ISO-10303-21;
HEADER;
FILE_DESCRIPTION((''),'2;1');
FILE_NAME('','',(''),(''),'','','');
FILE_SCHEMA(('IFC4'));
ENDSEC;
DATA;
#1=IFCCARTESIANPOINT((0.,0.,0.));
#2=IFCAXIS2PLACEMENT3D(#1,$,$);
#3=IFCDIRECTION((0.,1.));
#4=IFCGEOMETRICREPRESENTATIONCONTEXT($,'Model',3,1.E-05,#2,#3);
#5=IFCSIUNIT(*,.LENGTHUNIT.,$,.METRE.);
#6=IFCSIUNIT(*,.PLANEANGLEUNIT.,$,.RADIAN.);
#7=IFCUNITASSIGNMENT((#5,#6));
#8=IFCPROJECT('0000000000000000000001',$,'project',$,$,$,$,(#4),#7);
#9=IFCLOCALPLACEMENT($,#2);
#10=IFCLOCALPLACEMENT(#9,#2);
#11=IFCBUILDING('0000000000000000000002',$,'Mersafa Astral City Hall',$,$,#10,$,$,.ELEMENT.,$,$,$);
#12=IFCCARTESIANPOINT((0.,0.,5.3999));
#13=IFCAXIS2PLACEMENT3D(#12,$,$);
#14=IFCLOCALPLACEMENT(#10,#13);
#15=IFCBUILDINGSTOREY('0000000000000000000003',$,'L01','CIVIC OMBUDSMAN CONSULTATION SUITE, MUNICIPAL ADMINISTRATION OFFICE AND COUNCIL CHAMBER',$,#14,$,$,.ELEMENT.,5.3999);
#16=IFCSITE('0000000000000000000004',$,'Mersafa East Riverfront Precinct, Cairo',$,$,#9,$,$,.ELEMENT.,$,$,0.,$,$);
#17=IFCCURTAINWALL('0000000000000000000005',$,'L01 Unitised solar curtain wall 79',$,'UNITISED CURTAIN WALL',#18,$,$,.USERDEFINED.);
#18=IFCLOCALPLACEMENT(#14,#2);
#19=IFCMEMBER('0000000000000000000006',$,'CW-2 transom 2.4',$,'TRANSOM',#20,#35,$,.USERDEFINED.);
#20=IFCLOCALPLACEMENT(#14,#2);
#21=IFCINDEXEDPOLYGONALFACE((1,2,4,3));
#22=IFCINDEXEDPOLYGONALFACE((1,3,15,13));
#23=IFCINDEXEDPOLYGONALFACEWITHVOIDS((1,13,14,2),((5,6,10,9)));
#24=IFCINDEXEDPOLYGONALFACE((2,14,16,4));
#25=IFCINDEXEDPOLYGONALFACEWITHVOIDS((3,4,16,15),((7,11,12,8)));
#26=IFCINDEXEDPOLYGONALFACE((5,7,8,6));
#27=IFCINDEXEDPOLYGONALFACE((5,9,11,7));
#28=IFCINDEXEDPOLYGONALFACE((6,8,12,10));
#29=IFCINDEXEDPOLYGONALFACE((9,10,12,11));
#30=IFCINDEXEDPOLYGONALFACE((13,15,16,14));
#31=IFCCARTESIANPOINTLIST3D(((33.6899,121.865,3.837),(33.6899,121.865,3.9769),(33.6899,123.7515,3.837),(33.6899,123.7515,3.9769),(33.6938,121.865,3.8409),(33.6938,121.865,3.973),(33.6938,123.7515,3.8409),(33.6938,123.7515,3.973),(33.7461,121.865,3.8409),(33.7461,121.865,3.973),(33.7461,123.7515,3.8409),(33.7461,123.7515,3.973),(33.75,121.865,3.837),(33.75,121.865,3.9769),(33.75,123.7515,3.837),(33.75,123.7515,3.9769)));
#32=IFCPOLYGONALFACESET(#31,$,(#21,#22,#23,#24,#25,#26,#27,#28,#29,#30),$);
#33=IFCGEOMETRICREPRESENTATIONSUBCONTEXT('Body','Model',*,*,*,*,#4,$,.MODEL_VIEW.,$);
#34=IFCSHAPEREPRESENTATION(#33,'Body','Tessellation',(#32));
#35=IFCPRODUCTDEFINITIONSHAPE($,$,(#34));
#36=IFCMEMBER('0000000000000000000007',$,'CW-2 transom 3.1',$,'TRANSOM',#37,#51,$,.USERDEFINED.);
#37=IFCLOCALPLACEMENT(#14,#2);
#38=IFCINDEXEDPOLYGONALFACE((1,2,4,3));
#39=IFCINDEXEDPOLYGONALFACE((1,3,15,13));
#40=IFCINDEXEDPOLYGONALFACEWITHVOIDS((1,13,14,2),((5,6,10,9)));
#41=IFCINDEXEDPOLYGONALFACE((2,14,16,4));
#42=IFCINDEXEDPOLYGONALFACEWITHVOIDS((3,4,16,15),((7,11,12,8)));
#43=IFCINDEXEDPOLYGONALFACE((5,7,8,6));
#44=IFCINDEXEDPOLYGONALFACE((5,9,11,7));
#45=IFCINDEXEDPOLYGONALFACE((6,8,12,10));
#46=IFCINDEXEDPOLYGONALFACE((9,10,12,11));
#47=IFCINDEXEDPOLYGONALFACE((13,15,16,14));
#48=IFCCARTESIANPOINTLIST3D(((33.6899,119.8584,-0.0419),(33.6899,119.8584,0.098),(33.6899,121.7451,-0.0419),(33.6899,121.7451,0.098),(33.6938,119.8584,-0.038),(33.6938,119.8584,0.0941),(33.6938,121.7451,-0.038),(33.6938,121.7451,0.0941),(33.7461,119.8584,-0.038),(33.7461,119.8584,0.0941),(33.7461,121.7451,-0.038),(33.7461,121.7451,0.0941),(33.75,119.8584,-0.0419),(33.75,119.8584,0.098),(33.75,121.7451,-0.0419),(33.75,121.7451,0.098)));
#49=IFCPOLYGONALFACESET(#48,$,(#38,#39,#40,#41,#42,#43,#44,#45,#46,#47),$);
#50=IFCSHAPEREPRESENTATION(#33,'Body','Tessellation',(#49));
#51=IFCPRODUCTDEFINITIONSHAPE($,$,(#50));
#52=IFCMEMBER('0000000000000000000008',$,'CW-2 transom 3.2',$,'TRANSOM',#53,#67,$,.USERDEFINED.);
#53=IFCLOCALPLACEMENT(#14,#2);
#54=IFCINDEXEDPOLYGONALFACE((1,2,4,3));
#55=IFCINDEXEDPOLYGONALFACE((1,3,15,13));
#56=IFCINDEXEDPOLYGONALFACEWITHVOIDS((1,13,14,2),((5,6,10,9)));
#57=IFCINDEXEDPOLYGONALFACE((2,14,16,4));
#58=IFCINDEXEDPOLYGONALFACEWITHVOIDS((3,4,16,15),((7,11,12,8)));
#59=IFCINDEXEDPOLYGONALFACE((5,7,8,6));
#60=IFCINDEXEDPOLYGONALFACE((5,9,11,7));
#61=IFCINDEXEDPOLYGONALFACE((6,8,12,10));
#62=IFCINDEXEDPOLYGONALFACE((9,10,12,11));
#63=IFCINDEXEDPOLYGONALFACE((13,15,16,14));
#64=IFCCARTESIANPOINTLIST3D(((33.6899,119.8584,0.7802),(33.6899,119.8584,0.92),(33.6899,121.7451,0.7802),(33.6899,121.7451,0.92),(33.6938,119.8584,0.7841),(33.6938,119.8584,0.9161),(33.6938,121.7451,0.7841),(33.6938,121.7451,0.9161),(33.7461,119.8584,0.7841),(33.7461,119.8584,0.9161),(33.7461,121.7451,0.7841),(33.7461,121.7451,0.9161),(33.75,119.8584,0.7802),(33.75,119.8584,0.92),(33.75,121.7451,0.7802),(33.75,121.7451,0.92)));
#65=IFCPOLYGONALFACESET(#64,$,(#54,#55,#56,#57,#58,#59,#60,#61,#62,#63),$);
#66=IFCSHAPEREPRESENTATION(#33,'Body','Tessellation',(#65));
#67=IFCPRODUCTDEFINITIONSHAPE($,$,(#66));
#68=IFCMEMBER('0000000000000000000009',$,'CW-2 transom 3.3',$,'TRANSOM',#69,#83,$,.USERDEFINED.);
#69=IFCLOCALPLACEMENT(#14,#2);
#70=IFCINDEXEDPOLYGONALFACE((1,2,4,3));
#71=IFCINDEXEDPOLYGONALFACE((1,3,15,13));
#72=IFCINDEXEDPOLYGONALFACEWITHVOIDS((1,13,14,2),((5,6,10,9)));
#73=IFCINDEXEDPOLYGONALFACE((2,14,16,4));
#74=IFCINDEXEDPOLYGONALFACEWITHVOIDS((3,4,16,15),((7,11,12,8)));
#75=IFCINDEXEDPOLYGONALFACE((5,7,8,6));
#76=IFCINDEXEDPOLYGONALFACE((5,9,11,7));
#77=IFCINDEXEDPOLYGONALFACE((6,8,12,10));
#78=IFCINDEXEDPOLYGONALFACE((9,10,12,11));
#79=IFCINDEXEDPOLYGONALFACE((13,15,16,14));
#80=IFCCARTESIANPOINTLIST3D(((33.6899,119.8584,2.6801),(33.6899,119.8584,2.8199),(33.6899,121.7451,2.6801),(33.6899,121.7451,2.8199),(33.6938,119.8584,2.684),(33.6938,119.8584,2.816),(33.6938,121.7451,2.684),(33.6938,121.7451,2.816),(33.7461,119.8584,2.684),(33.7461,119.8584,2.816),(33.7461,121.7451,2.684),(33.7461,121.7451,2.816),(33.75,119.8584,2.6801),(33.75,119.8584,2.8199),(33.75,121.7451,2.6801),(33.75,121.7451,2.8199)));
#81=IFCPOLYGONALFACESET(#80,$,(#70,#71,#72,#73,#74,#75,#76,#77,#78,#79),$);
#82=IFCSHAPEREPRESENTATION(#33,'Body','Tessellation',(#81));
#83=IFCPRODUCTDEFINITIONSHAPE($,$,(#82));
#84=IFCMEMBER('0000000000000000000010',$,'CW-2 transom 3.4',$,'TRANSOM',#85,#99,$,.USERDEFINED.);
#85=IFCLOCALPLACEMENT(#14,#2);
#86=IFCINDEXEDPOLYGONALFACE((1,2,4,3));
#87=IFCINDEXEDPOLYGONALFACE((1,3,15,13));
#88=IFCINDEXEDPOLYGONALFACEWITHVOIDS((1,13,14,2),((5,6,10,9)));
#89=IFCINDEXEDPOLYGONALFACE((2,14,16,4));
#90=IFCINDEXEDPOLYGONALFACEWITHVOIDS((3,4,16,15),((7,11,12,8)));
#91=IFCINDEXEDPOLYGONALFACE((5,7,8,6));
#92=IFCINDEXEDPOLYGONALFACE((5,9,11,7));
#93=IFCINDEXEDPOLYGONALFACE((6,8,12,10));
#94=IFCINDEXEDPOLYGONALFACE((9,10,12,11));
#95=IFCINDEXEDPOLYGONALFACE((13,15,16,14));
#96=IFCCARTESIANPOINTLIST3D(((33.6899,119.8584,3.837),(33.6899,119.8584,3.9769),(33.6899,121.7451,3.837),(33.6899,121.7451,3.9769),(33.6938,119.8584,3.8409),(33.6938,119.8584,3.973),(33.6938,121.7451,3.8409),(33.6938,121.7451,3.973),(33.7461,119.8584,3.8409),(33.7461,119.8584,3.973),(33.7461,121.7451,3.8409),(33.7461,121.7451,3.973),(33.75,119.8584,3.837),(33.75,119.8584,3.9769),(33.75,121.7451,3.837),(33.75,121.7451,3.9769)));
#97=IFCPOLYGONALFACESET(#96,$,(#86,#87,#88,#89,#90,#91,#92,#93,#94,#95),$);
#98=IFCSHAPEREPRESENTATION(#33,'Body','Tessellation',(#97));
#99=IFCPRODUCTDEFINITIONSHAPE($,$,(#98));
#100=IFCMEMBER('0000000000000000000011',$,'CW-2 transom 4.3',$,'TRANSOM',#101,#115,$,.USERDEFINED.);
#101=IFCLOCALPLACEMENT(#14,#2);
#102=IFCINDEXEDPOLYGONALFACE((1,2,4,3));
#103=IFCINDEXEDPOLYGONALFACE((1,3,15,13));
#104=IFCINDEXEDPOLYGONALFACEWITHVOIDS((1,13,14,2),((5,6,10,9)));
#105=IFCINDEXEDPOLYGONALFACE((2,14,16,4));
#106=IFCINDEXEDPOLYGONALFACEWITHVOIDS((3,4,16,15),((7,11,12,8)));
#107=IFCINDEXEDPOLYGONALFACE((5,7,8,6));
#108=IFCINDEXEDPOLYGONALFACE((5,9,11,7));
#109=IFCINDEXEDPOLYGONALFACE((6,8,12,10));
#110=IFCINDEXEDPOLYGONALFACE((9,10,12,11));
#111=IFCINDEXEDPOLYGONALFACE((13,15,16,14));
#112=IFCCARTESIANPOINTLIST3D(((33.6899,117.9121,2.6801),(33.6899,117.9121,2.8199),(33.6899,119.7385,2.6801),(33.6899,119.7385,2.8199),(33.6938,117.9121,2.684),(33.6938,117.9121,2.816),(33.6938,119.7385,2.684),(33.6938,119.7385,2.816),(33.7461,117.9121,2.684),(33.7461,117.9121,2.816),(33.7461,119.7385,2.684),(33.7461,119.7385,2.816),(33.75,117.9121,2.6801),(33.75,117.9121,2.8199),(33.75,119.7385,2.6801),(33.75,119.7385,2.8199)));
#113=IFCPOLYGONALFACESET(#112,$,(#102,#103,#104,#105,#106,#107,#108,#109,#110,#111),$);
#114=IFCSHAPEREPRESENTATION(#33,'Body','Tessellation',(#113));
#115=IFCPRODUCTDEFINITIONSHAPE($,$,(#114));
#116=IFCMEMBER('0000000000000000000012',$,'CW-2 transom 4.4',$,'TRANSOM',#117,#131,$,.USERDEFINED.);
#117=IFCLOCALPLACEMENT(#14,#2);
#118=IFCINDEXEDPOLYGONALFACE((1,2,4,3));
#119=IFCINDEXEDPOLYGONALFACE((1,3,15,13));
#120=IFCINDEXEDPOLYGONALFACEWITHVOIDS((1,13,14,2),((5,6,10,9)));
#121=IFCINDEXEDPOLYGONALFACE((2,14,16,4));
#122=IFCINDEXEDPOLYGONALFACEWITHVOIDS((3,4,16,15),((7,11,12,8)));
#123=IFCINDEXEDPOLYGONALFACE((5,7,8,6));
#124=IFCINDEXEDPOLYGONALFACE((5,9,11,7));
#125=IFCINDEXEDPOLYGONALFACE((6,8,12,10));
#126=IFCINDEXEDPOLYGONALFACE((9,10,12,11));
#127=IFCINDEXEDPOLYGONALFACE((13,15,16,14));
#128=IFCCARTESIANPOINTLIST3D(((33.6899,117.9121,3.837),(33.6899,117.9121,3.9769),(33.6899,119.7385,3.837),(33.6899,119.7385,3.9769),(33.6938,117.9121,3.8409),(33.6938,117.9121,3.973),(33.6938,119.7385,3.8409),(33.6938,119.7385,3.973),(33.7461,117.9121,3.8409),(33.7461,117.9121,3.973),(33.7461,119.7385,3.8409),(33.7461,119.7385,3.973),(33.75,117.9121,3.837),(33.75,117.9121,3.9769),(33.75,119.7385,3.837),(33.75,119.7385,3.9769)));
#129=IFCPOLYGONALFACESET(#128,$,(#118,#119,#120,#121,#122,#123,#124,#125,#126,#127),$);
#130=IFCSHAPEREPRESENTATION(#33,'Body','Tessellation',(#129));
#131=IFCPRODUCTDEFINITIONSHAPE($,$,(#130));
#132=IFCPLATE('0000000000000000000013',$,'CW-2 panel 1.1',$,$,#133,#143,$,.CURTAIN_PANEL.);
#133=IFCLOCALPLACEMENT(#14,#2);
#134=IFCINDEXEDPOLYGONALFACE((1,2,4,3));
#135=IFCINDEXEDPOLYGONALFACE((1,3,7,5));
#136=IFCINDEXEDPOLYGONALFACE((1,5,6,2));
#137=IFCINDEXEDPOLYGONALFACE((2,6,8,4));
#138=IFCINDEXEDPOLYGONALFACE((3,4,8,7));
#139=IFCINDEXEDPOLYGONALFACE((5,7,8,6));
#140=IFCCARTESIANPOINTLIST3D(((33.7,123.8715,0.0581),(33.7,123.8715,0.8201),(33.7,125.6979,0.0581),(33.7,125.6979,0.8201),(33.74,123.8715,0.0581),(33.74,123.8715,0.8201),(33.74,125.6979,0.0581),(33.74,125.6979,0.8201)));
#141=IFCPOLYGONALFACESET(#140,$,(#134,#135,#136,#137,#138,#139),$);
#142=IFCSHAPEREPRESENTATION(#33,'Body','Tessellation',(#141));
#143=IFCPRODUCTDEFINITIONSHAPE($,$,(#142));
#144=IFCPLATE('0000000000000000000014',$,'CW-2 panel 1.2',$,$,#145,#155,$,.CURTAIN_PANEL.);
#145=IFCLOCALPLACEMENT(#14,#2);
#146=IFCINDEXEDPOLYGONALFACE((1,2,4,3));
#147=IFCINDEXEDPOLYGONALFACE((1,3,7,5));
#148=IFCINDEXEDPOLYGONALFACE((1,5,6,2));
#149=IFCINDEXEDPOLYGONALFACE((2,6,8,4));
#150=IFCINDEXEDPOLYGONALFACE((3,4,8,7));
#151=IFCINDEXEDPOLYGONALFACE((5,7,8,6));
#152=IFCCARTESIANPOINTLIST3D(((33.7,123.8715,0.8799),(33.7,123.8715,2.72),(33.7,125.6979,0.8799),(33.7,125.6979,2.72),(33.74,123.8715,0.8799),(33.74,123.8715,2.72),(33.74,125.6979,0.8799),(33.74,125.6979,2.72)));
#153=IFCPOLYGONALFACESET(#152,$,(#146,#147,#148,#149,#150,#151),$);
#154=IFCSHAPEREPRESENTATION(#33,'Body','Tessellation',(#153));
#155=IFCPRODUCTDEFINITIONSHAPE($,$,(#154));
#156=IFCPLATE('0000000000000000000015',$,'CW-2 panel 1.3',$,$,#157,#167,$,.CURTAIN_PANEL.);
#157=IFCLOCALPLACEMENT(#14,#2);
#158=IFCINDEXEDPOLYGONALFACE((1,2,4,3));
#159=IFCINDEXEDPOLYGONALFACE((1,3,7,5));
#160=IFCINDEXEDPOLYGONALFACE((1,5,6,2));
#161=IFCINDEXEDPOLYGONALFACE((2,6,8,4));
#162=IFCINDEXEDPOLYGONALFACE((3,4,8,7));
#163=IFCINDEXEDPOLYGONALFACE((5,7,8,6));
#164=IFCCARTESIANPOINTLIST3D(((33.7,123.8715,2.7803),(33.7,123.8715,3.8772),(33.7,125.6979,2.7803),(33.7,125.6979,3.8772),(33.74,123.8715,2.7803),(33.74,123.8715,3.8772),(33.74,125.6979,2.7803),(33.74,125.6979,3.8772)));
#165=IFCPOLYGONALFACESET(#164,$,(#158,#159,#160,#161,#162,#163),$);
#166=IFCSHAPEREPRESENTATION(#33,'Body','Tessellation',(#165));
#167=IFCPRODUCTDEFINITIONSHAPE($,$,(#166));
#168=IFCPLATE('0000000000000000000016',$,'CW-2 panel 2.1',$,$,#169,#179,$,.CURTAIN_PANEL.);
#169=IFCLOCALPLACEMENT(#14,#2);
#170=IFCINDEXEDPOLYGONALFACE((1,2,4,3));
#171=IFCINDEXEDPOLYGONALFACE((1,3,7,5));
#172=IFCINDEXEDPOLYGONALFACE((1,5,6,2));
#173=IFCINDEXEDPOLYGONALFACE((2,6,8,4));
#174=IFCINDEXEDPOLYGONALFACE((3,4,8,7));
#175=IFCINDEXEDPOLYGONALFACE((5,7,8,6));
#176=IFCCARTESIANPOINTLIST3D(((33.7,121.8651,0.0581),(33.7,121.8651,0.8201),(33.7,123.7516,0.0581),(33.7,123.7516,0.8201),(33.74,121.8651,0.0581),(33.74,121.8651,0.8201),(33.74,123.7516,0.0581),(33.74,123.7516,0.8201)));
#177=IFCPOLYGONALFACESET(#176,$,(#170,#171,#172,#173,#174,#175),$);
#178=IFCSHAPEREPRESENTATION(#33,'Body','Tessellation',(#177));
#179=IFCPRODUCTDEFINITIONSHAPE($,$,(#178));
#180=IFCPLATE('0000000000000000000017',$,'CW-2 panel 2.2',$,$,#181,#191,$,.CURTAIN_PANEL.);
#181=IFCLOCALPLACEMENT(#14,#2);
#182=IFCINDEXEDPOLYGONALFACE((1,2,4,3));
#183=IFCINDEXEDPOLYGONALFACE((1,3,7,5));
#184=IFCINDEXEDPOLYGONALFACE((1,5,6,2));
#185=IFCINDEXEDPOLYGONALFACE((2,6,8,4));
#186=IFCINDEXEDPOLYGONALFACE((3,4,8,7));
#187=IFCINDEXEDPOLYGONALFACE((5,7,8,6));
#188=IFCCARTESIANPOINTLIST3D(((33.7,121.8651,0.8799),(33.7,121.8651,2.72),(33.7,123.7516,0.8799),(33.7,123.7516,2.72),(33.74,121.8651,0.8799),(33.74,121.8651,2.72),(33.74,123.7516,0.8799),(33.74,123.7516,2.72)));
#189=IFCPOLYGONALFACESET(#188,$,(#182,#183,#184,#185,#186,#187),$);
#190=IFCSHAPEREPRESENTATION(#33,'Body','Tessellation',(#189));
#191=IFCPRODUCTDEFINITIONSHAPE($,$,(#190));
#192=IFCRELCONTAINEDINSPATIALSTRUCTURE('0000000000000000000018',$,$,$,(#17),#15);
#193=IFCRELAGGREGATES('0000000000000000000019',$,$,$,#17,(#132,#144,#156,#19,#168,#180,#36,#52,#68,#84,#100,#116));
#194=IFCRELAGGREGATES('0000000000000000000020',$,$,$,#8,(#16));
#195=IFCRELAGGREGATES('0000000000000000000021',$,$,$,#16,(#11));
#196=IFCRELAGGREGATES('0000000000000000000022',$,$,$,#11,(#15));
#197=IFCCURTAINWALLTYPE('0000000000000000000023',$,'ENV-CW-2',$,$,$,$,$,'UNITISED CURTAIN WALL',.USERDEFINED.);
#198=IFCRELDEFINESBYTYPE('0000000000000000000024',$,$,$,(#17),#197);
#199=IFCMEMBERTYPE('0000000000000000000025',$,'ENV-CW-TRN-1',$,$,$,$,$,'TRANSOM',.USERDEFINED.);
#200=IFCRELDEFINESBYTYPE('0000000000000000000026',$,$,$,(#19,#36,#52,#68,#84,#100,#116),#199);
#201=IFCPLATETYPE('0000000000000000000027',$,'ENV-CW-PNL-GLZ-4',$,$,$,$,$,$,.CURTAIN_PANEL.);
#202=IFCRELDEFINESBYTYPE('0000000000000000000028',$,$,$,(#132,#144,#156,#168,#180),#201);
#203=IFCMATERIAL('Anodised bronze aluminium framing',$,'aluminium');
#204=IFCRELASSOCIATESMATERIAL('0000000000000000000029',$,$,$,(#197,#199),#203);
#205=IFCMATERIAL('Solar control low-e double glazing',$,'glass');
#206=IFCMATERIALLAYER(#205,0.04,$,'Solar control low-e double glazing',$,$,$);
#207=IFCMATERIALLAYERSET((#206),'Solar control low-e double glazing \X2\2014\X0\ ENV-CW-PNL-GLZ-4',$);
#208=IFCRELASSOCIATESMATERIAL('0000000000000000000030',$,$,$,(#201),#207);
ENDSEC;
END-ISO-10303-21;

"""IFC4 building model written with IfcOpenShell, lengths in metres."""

from ifc_helpers import new_model, si_unit, direction, frame, origin, origin_2d, place, context, subcontext, project, spatial, rectangle, hollow_rectangle, extrude, material, layer, layer_set, material_profile, profile_set, type_object, element, aggregate, save


model = new_model("IFC4")

# Units and contexts
model_context = context("Model", 3, precision=1e-05, world=origin(), true_north=direction((0.0, 1.0)))
body_context = subcontext(model_context, "Body", "Model", "MODEL_VIEW")
ifc_project = project(units=[si_unit("LENGTHUNIT", "METRE"), si_unit("PLANEANGLEUNIT", "RADIAN")], contexts=[model_context])

# Site, building, storey
site_placement = place(None, origin())
site = spatial("IfcSite", under=ifc_project, at=site_placement, Name="Mersafa East Riverfront Precinct, Cairo", CompositionType="ELEMENT", RefElevation=0.0)
building_placement = place(site_placement, origin())
building = spatial("IfcBuilding", under=site, at=building_placement, Name="Mersafa Astral City Hall", CompositionType="ELEMENT")
storey_placement = place(building_placement, frame((0.0, 0.0, 5.3999)))
storey = spatial("IfcBuildingStorey", under=building, at=storey_placement, Name="L01", Description="CIVIC OMBUDSMAN CONSULTATION SUITE, MUNICIPAL ADMINISTRATION OFFICE AND COUNCIL CHAMBER", CompositionType="ELEMENT", Elevation=5.3999)

# Curtain wall, members, plates
ifc_material_1 = material(Name="Anodised bronze aluminium framing", Category="aluminium")
curtain_wall_type = type_object("IfcCurtainWallType", Name="ENV-CW-2", ElementType="UNITISED CURTAIN WALL", PredefinedType="USERDEFINED", material=ifc_material_1)
curtain_wall_placement = place(storey_placement, origin())
curtain_wall = element("IfcCurtainWall", 1, at=curtain_wall_placement, inside=storey, type_object=curtain_wall_type, Name="L01 Unitised solar curtain wall 79", ObjectType="UNITISED CURTAIN WALL", PredefinedType="USERDEFINED")
ifc_material_profile_1 = material_profile(ifc_material_1, hollow_rectangle(XDim=0.0601, YDim=0.1399, WallThickness=0.0039, at=origin_2d()), Name="RHS 60x140x4")
ifc_profile_set_1 = profile_set([ifc_material_profile_1], Name="Anodised bronze aluminium framing")
member_type_1 = type_object("IfcMemberType", Name="ENV-CW-TRN-1", ElementType="TRANSOM", PredefinedType="USERDEFINED", material=ifc_profile_set_1)
member_1_placement = place(storey_placement, frame((33.72, 123.7515, 3.907), z_axis=(0.0, -1.0, 0.0), x_axis=(1.0, 0.0, 0.0)))
member_1 = element("IfcMember", 2, at=member_1_placement, type_object=member_type_1, Name="CW-2 transom 2.4", ObjectType="TRANSOM", PredefinedType="USERDEFINED", context=body_context, shape_type="SweptSolid", body=[
    extrude(hollow_rectangle(XDim=0.0601, YDim=0.1399, WallThickness=0.0039, at=origin_2d()), origin(), (0.0, 0.0, 1.0), 1.8865),
])
member_2_placement = place(storey_placement, frame((33.72, 121.7451, 0.0281), z_axis=(0.0, -1.0, 0.0), x_axis=(1.0, 0.0, 0.0)))
member_2 = element("IfcMember", 3, at=member_2_placement, type_object=member_type_1, Name="CW-2 transom 3.1", ObjectType="TRANSOM", PredefinedType="USERDEFINED", context=body_context, shape_type="SweptSolid", body=[
    extrude(hollow_rectangle(XDim=0.0601, YDim=0.1399, WallThickness=0.0039, at=origin_2d()), origin(), (0.0, 0.0, 1.0), 1.8867),
])
member_3_placement = place(storey_placement, frame((33.72, 121.7451, 0.8501), z_axis=(0.0, -1.0, 0.0), x_axis=(1.0, 0.0, 0.0)))
member_3 = element("IfcMember", 4, at=member_3_placement, type_object=member_type_1, Name="CW-2 transom 3.2", ObjectType="TRANSOM", PredefinedType="USERDEFINED", context=body_context, shape_type="SweptSolid", body=[
    extrude(hollow_rectangle(XDim=0.0601, YDim=0.1399, WallThickness=0.0039, at=origin_2d()), origin(), (0.0, 0.0, 1.0), 1.8867),
])
member_4_placement = place(storey_placement, frame((33.72, 121.7451, 2.75), z_axis=(0.0, -1.0, 0.0), x_axis=(1.0, 0.0, 0.0)))
member_4 = element("IfcMember", 5, at=member_4_placement, type_object=member_type_1, Name="CW-2 transom 3.3", ObjectType="TRANSOM", PredefinedType="USERDEFINED", context=body_context, shape_type="SweptSolid", body=[
    extrude(hollow_rectangle(XDim=0.0601, YDim=0.1399, WallThickness=0.0039, at=origin_2d()), origin(), (0.0, 0.0, 1.0), 1.8867),
])
member_5_placement = place(storey_placement, frame((33.72, 121.7451, 3.907), z_axis=(0.0, -1.0, 0.0), x_axis=(1.0, 0.0, 0.0)))
member_5 = element("IfcMember", 6, at=member_5_placement, type_object=member_type_1, Name="CW-2 transom 3.4", ObjectType="TRANSOM", PredefinedType="USERDEFINED", context=body_context, shape_type="SweptSolid", body=[
    extrude(hollow_rectangle(XDim=0.0601, YDim=0.1399, WallThickness=0.0039, at=origin_2d()), origin(), (0.0, 0.0, 1.0), 1.8867),
])
member_6_placement = place(storey_placement, frame((33.72, 119.7385, 2.75), z_axis=(0.0, -1.0, 0.0), x_axis=(1.0, 0.0, 0.0)))
member_6 = element("IfcMember", 7, at=member_6_placement, type_object=member_type_1, Name="CW-2 transom 4.3", ObjectType="TRANSOM", PredefinedType="USERDEFINED", context=body_context, shape_type="SweptSolid", body=[
    extrude(hollow_rectangle(XDim=0.0601, YDim=0.1399, WallThickness=0.0039, at=origin_2d()), origin(), (0.0, 0.0, 1.0), 1.8264),
])
member_7_placement = place(storey_placement, frame((33.72, 119.7385, 3.907), z_axis=(0.0, -1.0, 0.0), x_axis=(1.0, 0.0, 0.0)))
member_7 = element("IfcMember", 8, at=member_7_placement, type_object=member_type_1, Name="CW-2 transom 4.4", ObjectType="TRANSOM", PredefinedType="USERDEFINED", context=body_context, shape_type="SweptSolid", body=[
    extrude(hollow_rectangle(XDim=0.0601, YDim=0.1399, WallThickness=0.0039, at=origin_2d()), origin(), (0.0, 0.0, 1.0), 1.8264),
])
ifc_material_2 = material(Name="Solar control low-e double glazing", Category="glass")
ifc_layer_1 = layer(ifc_material_2, 0.04, Name="Solar control low-e double glazing")
ifc_layer_set_1 = layer_set([ifc_layer_1], Name="Solar control low-e double glazing — ENV-CW-PNL-GLZ-4")
plate_type = type_object("IfcPlateType", Name="ENV-CW-PNL-GLZ-4", PredefinedType="CURTAIN_PANEL", material=ifc_layer_set_1)
plate_1_placement = place(storey_placement, frame((33.72, 124.7847, 0.0581), z_axis=(0.0, 0.0, 1.0), x_axis=(0.0, -1.0, 0.0)))
plate_1 = element("IfcPlate", 9, at=plate_1_placement, type_object=plate_type, Name="CW-2 panel 1.1", PredefinedType="CURTAIN_PANEL", context=body_context, shape_type="SweptSolid", body=[
    extrude(rectangle(XDim=1.8264, YDim=0.04, at=origin_2d()), origin(), (0.0, 0.0, 1.0), 0.762),
])
plate_2_placement = place(storey_placement, frame((33.72, 124.7847, 0.8799), z_axis=(0.0, 0.0, 1.0), x_axis=(0.0, -1.0, 0.0)))
plate_2 = element("IfcPlate", 10, at=plate_2_placement, type_object=plate_type, Name="CW-2 panel 1.2", PredefinedType="CURTAIN_PANEL", context=body_context, shape_type="SweptSolid", body=[
    extrude(rectangle(XDim=1.8264, YDim=0.04, at=origin_2d()), origin(), (0.0, 0.0, 1.0), 1.8401),
])
plate_3_placement = place(storey_placement, frame((33.72, 124.7847, 2.7803), z_axis=(0.0, 0.0, 1.0), x_axis=(0.0, -1.0, 0.0)))
plate_3 = element("IfcPlate", 11, at=plate_3_placement, type_object=plate_type, Name="CW-2 panel 1.3", PredefinedType="CURTAIN_PANEL", context=body_context, shape_type="SweptSolid", body=[
    extrude(rectangle(XDim=1.8264, YDim=0.04, at=origin_2d()), origin(), (0.0, 0.0, 1.0), 1.0969),
])
plate_4_placement = place(storey_placement, frame((33.72, 122.8083, 0.0581), z_axis=(0.0, 0.0, 1.0), x_axis=(0.0, -1.0, 0.0)))
plate_4 = element("IfcPlate", 12, at=plate_4_placement, type_object=plate_type, Name="CW-2 panel 2.1", PredefinedType="CURTAIN_PANEL", context=body_context, shape_type="SweptSolid", body=[
    extrude(rectangle(XDim=1.8865, YDim=0.04, at=origin_2d()), origin(), (0.0, 0.0, 1.0), 0.762),
])
plate_5_placement = place(storey_placement, frame((33.72, 122.8083, 0.8799), z_axis=(0.0, 0.0, 1.0), x_axis=(0.0, -1.0, 0.0)))
plate_5 = element("IfcPlate", 13, at=plate_5_placement, type_object=plate_type, Name="CW-2 panel 2.2", PredefinedType="CURTAIN_PANEL", context=body_context, shape_type="SweptSolid", body=[
    extrude(rectangle(XDim=1.8865, YDim=0.04, at=origin_2d()), origin(), (0.0, 0.0, 1.0), 1.8401),
])
aggregate(curtain_wall, [plate_1, plate_2, plate_3, member_1, plate_4, plate_5, member_2, member_3, member_4, member_5, member_6, member_7])

save(model, "model.ifc")
